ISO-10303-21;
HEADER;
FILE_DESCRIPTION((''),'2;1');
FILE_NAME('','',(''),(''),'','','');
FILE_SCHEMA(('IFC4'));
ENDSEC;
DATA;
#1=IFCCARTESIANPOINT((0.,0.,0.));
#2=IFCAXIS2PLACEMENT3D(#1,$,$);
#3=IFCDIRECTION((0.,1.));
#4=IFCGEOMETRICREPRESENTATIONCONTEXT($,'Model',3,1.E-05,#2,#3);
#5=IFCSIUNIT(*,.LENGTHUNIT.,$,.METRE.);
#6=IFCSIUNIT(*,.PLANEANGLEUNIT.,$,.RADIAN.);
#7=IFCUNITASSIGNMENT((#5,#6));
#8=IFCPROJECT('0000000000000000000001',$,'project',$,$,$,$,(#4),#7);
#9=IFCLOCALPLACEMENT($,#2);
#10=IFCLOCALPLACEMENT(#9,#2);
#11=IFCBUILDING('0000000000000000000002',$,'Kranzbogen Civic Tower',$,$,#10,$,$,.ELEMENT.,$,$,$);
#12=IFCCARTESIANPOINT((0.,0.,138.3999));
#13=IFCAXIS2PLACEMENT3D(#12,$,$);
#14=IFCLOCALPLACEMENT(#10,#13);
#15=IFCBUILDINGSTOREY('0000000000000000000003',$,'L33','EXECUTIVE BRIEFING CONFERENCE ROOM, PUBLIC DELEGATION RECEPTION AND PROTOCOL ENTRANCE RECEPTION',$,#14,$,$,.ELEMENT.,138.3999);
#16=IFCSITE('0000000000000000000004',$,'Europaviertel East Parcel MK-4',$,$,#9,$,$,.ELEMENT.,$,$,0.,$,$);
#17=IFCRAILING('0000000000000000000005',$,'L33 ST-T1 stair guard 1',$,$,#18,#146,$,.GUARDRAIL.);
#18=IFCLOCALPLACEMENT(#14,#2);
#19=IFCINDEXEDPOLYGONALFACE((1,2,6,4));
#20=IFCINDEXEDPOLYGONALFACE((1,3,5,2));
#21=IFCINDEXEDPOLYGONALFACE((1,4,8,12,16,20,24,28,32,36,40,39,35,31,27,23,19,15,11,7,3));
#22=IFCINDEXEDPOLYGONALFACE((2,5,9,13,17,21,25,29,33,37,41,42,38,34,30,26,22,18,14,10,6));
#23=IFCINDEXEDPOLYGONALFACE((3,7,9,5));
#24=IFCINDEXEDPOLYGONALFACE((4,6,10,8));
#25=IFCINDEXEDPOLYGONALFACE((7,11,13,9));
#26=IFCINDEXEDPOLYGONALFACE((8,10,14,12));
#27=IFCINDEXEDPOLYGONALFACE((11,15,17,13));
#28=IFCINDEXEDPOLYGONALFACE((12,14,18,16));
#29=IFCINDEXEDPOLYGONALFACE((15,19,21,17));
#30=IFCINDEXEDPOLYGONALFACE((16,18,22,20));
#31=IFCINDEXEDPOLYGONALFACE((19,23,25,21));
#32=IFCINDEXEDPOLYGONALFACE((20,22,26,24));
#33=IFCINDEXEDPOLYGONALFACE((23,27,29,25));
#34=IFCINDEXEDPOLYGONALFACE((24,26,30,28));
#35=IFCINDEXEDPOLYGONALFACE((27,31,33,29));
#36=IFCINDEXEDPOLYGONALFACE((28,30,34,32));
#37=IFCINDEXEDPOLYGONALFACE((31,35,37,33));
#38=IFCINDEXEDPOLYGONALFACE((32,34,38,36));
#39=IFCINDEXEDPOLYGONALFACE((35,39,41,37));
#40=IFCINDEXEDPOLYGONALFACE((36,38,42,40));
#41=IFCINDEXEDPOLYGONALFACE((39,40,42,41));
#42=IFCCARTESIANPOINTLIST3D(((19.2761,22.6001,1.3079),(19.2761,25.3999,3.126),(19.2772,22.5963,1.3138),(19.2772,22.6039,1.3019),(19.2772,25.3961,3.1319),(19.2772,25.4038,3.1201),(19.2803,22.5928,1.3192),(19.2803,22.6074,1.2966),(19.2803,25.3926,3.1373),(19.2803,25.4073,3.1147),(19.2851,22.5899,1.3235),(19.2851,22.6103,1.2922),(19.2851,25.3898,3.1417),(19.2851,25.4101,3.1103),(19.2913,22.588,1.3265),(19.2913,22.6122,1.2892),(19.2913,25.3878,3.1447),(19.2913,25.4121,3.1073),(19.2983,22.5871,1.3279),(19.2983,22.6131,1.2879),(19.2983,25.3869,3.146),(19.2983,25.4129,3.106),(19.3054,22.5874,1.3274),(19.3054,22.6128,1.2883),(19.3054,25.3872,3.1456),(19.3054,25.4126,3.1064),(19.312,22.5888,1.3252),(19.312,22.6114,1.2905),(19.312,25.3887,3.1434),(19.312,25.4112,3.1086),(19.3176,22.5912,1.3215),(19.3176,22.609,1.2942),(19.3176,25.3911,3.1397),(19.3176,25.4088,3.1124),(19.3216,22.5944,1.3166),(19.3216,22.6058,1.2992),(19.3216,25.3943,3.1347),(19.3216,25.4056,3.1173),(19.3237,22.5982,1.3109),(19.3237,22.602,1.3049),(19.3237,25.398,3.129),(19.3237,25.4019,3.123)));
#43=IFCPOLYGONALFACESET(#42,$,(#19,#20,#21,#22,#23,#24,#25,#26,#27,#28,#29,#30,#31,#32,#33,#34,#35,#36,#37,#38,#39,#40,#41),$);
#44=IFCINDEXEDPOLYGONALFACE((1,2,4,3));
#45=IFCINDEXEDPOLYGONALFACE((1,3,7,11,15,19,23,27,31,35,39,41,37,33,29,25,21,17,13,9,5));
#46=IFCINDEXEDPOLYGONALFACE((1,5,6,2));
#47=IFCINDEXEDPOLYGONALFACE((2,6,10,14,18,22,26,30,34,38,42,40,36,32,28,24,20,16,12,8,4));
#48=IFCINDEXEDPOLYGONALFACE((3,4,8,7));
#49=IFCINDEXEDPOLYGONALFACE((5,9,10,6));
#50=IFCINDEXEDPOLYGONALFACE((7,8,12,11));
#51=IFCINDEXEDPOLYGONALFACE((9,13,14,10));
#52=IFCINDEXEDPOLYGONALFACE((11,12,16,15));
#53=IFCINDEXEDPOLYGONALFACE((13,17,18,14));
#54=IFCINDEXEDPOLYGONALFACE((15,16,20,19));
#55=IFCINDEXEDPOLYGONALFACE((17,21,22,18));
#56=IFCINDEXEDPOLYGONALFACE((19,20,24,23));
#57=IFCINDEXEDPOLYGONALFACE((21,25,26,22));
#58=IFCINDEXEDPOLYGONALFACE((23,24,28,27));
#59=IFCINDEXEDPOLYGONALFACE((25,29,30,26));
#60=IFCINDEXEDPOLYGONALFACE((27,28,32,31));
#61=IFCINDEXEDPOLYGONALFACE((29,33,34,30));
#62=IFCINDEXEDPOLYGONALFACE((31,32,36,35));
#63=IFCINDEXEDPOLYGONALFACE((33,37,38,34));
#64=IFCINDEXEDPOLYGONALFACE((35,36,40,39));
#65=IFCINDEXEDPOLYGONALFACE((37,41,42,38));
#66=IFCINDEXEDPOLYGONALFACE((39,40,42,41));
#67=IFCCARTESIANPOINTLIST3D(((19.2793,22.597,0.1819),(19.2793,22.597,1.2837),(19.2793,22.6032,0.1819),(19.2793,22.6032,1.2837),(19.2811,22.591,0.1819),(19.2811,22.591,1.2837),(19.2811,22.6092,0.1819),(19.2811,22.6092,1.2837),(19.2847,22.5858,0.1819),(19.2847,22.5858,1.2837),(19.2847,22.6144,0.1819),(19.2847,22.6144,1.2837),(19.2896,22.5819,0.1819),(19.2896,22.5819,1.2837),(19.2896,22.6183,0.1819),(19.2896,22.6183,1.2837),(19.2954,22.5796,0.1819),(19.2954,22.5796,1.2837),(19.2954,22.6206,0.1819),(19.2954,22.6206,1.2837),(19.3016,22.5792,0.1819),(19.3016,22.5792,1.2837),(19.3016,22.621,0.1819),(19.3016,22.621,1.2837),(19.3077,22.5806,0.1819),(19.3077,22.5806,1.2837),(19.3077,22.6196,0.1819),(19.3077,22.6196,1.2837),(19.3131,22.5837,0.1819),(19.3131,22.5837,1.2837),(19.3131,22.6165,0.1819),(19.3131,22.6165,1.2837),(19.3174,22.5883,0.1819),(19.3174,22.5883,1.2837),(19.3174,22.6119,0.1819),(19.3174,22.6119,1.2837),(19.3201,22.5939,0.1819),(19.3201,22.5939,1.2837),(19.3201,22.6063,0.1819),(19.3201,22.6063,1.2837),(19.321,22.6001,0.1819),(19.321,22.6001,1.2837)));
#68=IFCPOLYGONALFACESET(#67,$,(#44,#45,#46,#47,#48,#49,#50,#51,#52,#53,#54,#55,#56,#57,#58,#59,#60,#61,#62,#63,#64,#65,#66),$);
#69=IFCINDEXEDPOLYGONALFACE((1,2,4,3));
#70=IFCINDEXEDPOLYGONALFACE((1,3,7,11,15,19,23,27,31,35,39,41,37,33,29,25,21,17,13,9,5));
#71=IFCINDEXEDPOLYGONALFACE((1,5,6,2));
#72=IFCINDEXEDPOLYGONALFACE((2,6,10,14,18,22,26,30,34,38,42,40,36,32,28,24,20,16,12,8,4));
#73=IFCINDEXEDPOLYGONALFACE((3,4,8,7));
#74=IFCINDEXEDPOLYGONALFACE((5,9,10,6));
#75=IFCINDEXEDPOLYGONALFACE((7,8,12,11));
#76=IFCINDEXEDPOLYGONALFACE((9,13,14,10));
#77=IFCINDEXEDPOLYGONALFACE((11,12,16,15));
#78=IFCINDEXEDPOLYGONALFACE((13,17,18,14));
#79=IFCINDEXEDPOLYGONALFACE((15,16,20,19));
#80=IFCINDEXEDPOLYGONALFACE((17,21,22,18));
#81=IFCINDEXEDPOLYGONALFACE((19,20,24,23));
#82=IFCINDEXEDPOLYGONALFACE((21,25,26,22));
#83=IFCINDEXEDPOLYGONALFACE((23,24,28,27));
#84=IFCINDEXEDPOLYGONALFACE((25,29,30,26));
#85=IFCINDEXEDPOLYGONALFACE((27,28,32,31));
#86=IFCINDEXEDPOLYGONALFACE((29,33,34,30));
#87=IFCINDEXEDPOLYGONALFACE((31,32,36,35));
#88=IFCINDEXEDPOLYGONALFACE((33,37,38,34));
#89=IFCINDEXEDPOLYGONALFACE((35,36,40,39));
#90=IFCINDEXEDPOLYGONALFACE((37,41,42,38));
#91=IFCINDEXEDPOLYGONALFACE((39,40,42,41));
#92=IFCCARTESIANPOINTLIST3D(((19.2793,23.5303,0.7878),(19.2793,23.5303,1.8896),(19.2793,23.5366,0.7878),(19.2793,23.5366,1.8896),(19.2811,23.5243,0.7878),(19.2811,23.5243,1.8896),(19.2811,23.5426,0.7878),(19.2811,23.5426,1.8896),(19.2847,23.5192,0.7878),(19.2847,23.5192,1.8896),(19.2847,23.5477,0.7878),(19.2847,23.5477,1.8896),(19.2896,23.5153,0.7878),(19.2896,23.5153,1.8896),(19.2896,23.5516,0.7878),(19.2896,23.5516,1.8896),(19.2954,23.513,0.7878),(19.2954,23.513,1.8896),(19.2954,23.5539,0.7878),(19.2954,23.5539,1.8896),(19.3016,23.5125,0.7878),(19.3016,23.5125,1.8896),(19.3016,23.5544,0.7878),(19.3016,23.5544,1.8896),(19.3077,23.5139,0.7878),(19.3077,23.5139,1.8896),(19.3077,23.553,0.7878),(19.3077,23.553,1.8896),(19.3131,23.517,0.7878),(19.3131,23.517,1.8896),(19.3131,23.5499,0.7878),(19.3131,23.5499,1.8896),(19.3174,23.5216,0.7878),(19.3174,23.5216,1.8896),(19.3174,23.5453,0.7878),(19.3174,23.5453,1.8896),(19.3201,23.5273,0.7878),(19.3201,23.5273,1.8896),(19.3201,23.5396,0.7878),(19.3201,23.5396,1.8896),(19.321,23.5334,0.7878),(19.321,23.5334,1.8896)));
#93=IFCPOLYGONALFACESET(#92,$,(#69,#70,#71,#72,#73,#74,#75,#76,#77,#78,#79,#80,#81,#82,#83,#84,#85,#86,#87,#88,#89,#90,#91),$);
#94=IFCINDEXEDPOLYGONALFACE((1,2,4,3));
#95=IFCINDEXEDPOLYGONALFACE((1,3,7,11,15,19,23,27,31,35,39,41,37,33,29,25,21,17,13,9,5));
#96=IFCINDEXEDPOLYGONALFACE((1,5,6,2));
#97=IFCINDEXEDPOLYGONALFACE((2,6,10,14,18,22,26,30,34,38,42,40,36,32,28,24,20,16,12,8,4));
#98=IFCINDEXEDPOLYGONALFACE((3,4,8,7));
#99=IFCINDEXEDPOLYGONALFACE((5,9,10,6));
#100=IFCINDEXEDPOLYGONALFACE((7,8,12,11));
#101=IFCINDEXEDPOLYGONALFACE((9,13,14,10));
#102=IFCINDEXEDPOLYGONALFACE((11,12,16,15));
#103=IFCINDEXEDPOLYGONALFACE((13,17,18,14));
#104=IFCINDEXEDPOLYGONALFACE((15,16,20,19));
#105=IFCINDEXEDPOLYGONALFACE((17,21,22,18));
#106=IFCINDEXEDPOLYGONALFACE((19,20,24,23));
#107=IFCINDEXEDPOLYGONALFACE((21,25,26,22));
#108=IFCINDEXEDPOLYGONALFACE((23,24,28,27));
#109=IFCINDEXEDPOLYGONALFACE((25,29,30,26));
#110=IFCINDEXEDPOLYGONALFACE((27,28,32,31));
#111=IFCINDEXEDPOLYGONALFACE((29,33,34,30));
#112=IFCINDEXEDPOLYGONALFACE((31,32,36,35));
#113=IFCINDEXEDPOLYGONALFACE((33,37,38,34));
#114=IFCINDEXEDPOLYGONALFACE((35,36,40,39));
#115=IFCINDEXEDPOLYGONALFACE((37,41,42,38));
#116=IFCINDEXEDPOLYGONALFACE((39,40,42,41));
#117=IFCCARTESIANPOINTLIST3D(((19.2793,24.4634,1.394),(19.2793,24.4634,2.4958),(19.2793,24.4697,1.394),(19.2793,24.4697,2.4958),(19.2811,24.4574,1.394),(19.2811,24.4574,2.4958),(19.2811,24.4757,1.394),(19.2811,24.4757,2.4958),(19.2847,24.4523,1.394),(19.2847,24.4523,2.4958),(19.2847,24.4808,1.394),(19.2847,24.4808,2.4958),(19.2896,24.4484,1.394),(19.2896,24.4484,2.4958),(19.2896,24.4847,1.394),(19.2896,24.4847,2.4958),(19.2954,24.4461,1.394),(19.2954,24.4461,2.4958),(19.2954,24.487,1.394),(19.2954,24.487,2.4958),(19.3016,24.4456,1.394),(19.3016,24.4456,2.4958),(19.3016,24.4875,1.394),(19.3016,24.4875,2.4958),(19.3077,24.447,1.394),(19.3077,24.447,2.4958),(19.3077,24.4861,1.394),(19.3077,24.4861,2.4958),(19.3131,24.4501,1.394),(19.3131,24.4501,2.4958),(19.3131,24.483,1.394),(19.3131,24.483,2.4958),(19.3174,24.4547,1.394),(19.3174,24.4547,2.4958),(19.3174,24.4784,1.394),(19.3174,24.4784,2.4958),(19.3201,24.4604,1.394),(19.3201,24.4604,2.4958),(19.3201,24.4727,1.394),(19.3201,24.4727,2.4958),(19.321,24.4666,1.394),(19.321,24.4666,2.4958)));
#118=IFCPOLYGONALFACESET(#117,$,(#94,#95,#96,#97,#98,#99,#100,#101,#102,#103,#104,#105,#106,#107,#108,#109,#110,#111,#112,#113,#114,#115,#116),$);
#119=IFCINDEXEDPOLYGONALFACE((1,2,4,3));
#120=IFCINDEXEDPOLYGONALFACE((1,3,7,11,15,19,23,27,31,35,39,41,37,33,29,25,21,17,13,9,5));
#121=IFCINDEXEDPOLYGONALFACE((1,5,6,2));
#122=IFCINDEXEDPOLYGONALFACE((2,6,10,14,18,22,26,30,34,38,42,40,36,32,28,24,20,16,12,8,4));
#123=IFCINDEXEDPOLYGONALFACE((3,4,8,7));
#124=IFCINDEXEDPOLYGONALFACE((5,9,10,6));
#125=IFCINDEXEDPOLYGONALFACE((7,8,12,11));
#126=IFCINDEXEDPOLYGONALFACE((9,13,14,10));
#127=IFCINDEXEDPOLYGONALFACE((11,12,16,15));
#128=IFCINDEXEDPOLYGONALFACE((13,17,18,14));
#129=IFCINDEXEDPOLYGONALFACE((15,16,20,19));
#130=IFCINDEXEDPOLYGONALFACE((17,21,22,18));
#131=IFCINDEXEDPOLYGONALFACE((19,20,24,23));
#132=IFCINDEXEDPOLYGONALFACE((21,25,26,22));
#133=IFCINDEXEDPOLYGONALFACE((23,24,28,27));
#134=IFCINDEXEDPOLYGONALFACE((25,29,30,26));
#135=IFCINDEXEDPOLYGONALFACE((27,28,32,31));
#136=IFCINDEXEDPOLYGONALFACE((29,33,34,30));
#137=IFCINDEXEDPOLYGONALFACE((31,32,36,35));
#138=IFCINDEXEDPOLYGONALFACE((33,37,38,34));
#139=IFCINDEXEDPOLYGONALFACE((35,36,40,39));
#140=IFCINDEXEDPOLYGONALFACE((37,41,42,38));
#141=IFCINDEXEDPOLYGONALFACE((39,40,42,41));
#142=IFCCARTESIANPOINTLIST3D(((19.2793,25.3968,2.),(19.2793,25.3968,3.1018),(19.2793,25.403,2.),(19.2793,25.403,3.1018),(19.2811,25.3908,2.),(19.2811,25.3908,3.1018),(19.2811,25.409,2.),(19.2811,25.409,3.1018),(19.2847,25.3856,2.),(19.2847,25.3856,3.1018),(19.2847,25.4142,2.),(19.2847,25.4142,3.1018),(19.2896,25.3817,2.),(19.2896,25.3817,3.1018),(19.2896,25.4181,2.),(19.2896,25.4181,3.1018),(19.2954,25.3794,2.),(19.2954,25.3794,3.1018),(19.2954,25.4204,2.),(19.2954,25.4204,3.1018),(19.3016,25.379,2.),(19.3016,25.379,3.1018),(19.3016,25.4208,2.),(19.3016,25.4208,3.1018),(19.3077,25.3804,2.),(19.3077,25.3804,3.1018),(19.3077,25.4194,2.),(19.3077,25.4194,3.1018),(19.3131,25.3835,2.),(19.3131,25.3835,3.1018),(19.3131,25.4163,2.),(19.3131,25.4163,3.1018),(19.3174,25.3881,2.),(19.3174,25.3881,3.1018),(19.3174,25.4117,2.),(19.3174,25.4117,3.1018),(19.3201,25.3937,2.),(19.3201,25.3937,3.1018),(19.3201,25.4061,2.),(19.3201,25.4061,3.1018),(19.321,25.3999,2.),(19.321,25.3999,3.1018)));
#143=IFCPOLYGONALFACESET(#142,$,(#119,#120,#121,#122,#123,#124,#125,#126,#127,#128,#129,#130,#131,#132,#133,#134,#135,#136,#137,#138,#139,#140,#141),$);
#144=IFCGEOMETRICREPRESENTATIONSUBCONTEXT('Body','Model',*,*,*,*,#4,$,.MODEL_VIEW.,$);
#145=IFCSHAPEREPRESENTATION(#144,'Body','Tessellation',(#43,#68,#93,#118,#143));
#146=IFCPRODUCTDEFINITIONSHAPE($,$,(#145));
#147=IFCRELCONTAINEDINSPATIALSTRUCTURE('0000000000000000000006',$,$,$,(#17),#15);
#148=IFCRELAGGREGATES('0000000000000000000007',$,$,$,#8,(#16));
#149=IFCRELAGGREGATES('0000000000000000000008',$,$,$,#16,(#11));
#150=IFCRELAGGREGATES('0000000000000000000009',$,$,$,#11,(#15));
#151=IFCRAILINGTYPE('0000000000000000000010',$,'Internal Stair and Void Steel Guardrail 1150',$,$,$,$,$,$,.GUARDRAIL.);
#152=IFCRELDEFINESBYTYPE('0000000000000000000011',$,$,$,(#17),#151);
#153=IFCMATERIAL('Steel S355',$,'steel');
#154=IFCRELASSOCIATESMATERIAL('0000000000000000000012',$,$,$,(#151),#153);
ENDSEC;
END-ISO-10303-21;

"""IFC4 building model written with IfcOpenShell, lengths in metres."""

from ifc_helpers import new_model, si_unit, direction, frame, origin, origin_2d, place, context, subcontext, project, spatial, circle, extrude, material, type_object, element, save


model = new_model("IFC4")

# Units and contexts
model_context = context("Model", 3, precision=1e-05, world=origin(), true_north=direction((0.0, 1.0)))
body_context = subcontext(model_context, "Body", "Model", "MODEL_VIEW")
ifc_project = project(units=[si_unit("LENGTHUNIT", "METRE"), si_unit("PLANEANGLEUNIT", "RADIAN")], contexts=[model_context])

# Site, building, storey
site_placement = place(None, origin())
site = spatial("IfcSite", under=ifc_project, at=site_placement, Name="Europaviertel East Parcel MK-4", CompositionType="ELEMENT", RefElevation=0.0)
building_placement = place(site_placement, origin())
building = spatial("IfcBuilding", under=site, at=building_placement, Name="Kranzbogen Civic Tower", CompositionType="ELEMENT")
storey_placement = place(building_placement, frame((0.0, 0.0, 138.3999)))
storey = spatial("IfcBuildingStorey", under=building, at=storey_placement, Name="L33", Description="EXECUTIVE BRIEFING CONFERENCE ROOM, PUBLIC DELEGATION RECEPTION AND PROTOCOL ENTRANCE RECEPTION", CompositionType="ELEMENT", Elevation=138.3999)

# Shared definitions
ifc_material_1 = material(Name="Steel S355", Category="steel")

# Railing
railing_type_1 = type_object("IfcRailingType", Name="Internal Stair and Void Steel Guardrail 1150", PredefinedType="GUARDRAIL", material=ifc_material_1)
railing_1_placement = place(storey_placement, frame((19.3, 22.6001, 0.1819)))
element("IfcRailing", 1, at=railing_1_placement, inside=storey, type_object=railing_type_1, Name="L33 ST-T1 stair guard 1", PredefinedType="GUARDRAIL", context=body_context, shape_type="SweptSolid", body=[
    extrude(circle(Radius=0.0239, at=origin_2d()), frame((0.0, 0.0, 1.126), z_axis=(0.0, 0.838684, 0.544618), x_axis=(-1.0, 0.0, 0.0)), (0.0, 0.0, 1.0), 3.3384),
    extrude(circle(Radius=0.021, at=origin_2d()), origin(), (0.0, 0.0, 1.0), 1.1018),
    extrude(circle(Radius=0.021, at=origin_2d()), frame((0.0, 0.9333, 0.606)), (0.0, 0.0, 1.0), 1.1018),
    extrude(circle(Radius=0.021, at=origin_2d()), frame((0.0, 1.8665, 1.2122)), (0.0, 0.0, 1.0), 1.1018),
    extrude(circle(Radius=0.021, at=origin_2d()), frame((0.0, 2.7998, 1.8181)), (0.0, 0.0, 1.0), 1.1018),
])

save(model, "model.ifc")
